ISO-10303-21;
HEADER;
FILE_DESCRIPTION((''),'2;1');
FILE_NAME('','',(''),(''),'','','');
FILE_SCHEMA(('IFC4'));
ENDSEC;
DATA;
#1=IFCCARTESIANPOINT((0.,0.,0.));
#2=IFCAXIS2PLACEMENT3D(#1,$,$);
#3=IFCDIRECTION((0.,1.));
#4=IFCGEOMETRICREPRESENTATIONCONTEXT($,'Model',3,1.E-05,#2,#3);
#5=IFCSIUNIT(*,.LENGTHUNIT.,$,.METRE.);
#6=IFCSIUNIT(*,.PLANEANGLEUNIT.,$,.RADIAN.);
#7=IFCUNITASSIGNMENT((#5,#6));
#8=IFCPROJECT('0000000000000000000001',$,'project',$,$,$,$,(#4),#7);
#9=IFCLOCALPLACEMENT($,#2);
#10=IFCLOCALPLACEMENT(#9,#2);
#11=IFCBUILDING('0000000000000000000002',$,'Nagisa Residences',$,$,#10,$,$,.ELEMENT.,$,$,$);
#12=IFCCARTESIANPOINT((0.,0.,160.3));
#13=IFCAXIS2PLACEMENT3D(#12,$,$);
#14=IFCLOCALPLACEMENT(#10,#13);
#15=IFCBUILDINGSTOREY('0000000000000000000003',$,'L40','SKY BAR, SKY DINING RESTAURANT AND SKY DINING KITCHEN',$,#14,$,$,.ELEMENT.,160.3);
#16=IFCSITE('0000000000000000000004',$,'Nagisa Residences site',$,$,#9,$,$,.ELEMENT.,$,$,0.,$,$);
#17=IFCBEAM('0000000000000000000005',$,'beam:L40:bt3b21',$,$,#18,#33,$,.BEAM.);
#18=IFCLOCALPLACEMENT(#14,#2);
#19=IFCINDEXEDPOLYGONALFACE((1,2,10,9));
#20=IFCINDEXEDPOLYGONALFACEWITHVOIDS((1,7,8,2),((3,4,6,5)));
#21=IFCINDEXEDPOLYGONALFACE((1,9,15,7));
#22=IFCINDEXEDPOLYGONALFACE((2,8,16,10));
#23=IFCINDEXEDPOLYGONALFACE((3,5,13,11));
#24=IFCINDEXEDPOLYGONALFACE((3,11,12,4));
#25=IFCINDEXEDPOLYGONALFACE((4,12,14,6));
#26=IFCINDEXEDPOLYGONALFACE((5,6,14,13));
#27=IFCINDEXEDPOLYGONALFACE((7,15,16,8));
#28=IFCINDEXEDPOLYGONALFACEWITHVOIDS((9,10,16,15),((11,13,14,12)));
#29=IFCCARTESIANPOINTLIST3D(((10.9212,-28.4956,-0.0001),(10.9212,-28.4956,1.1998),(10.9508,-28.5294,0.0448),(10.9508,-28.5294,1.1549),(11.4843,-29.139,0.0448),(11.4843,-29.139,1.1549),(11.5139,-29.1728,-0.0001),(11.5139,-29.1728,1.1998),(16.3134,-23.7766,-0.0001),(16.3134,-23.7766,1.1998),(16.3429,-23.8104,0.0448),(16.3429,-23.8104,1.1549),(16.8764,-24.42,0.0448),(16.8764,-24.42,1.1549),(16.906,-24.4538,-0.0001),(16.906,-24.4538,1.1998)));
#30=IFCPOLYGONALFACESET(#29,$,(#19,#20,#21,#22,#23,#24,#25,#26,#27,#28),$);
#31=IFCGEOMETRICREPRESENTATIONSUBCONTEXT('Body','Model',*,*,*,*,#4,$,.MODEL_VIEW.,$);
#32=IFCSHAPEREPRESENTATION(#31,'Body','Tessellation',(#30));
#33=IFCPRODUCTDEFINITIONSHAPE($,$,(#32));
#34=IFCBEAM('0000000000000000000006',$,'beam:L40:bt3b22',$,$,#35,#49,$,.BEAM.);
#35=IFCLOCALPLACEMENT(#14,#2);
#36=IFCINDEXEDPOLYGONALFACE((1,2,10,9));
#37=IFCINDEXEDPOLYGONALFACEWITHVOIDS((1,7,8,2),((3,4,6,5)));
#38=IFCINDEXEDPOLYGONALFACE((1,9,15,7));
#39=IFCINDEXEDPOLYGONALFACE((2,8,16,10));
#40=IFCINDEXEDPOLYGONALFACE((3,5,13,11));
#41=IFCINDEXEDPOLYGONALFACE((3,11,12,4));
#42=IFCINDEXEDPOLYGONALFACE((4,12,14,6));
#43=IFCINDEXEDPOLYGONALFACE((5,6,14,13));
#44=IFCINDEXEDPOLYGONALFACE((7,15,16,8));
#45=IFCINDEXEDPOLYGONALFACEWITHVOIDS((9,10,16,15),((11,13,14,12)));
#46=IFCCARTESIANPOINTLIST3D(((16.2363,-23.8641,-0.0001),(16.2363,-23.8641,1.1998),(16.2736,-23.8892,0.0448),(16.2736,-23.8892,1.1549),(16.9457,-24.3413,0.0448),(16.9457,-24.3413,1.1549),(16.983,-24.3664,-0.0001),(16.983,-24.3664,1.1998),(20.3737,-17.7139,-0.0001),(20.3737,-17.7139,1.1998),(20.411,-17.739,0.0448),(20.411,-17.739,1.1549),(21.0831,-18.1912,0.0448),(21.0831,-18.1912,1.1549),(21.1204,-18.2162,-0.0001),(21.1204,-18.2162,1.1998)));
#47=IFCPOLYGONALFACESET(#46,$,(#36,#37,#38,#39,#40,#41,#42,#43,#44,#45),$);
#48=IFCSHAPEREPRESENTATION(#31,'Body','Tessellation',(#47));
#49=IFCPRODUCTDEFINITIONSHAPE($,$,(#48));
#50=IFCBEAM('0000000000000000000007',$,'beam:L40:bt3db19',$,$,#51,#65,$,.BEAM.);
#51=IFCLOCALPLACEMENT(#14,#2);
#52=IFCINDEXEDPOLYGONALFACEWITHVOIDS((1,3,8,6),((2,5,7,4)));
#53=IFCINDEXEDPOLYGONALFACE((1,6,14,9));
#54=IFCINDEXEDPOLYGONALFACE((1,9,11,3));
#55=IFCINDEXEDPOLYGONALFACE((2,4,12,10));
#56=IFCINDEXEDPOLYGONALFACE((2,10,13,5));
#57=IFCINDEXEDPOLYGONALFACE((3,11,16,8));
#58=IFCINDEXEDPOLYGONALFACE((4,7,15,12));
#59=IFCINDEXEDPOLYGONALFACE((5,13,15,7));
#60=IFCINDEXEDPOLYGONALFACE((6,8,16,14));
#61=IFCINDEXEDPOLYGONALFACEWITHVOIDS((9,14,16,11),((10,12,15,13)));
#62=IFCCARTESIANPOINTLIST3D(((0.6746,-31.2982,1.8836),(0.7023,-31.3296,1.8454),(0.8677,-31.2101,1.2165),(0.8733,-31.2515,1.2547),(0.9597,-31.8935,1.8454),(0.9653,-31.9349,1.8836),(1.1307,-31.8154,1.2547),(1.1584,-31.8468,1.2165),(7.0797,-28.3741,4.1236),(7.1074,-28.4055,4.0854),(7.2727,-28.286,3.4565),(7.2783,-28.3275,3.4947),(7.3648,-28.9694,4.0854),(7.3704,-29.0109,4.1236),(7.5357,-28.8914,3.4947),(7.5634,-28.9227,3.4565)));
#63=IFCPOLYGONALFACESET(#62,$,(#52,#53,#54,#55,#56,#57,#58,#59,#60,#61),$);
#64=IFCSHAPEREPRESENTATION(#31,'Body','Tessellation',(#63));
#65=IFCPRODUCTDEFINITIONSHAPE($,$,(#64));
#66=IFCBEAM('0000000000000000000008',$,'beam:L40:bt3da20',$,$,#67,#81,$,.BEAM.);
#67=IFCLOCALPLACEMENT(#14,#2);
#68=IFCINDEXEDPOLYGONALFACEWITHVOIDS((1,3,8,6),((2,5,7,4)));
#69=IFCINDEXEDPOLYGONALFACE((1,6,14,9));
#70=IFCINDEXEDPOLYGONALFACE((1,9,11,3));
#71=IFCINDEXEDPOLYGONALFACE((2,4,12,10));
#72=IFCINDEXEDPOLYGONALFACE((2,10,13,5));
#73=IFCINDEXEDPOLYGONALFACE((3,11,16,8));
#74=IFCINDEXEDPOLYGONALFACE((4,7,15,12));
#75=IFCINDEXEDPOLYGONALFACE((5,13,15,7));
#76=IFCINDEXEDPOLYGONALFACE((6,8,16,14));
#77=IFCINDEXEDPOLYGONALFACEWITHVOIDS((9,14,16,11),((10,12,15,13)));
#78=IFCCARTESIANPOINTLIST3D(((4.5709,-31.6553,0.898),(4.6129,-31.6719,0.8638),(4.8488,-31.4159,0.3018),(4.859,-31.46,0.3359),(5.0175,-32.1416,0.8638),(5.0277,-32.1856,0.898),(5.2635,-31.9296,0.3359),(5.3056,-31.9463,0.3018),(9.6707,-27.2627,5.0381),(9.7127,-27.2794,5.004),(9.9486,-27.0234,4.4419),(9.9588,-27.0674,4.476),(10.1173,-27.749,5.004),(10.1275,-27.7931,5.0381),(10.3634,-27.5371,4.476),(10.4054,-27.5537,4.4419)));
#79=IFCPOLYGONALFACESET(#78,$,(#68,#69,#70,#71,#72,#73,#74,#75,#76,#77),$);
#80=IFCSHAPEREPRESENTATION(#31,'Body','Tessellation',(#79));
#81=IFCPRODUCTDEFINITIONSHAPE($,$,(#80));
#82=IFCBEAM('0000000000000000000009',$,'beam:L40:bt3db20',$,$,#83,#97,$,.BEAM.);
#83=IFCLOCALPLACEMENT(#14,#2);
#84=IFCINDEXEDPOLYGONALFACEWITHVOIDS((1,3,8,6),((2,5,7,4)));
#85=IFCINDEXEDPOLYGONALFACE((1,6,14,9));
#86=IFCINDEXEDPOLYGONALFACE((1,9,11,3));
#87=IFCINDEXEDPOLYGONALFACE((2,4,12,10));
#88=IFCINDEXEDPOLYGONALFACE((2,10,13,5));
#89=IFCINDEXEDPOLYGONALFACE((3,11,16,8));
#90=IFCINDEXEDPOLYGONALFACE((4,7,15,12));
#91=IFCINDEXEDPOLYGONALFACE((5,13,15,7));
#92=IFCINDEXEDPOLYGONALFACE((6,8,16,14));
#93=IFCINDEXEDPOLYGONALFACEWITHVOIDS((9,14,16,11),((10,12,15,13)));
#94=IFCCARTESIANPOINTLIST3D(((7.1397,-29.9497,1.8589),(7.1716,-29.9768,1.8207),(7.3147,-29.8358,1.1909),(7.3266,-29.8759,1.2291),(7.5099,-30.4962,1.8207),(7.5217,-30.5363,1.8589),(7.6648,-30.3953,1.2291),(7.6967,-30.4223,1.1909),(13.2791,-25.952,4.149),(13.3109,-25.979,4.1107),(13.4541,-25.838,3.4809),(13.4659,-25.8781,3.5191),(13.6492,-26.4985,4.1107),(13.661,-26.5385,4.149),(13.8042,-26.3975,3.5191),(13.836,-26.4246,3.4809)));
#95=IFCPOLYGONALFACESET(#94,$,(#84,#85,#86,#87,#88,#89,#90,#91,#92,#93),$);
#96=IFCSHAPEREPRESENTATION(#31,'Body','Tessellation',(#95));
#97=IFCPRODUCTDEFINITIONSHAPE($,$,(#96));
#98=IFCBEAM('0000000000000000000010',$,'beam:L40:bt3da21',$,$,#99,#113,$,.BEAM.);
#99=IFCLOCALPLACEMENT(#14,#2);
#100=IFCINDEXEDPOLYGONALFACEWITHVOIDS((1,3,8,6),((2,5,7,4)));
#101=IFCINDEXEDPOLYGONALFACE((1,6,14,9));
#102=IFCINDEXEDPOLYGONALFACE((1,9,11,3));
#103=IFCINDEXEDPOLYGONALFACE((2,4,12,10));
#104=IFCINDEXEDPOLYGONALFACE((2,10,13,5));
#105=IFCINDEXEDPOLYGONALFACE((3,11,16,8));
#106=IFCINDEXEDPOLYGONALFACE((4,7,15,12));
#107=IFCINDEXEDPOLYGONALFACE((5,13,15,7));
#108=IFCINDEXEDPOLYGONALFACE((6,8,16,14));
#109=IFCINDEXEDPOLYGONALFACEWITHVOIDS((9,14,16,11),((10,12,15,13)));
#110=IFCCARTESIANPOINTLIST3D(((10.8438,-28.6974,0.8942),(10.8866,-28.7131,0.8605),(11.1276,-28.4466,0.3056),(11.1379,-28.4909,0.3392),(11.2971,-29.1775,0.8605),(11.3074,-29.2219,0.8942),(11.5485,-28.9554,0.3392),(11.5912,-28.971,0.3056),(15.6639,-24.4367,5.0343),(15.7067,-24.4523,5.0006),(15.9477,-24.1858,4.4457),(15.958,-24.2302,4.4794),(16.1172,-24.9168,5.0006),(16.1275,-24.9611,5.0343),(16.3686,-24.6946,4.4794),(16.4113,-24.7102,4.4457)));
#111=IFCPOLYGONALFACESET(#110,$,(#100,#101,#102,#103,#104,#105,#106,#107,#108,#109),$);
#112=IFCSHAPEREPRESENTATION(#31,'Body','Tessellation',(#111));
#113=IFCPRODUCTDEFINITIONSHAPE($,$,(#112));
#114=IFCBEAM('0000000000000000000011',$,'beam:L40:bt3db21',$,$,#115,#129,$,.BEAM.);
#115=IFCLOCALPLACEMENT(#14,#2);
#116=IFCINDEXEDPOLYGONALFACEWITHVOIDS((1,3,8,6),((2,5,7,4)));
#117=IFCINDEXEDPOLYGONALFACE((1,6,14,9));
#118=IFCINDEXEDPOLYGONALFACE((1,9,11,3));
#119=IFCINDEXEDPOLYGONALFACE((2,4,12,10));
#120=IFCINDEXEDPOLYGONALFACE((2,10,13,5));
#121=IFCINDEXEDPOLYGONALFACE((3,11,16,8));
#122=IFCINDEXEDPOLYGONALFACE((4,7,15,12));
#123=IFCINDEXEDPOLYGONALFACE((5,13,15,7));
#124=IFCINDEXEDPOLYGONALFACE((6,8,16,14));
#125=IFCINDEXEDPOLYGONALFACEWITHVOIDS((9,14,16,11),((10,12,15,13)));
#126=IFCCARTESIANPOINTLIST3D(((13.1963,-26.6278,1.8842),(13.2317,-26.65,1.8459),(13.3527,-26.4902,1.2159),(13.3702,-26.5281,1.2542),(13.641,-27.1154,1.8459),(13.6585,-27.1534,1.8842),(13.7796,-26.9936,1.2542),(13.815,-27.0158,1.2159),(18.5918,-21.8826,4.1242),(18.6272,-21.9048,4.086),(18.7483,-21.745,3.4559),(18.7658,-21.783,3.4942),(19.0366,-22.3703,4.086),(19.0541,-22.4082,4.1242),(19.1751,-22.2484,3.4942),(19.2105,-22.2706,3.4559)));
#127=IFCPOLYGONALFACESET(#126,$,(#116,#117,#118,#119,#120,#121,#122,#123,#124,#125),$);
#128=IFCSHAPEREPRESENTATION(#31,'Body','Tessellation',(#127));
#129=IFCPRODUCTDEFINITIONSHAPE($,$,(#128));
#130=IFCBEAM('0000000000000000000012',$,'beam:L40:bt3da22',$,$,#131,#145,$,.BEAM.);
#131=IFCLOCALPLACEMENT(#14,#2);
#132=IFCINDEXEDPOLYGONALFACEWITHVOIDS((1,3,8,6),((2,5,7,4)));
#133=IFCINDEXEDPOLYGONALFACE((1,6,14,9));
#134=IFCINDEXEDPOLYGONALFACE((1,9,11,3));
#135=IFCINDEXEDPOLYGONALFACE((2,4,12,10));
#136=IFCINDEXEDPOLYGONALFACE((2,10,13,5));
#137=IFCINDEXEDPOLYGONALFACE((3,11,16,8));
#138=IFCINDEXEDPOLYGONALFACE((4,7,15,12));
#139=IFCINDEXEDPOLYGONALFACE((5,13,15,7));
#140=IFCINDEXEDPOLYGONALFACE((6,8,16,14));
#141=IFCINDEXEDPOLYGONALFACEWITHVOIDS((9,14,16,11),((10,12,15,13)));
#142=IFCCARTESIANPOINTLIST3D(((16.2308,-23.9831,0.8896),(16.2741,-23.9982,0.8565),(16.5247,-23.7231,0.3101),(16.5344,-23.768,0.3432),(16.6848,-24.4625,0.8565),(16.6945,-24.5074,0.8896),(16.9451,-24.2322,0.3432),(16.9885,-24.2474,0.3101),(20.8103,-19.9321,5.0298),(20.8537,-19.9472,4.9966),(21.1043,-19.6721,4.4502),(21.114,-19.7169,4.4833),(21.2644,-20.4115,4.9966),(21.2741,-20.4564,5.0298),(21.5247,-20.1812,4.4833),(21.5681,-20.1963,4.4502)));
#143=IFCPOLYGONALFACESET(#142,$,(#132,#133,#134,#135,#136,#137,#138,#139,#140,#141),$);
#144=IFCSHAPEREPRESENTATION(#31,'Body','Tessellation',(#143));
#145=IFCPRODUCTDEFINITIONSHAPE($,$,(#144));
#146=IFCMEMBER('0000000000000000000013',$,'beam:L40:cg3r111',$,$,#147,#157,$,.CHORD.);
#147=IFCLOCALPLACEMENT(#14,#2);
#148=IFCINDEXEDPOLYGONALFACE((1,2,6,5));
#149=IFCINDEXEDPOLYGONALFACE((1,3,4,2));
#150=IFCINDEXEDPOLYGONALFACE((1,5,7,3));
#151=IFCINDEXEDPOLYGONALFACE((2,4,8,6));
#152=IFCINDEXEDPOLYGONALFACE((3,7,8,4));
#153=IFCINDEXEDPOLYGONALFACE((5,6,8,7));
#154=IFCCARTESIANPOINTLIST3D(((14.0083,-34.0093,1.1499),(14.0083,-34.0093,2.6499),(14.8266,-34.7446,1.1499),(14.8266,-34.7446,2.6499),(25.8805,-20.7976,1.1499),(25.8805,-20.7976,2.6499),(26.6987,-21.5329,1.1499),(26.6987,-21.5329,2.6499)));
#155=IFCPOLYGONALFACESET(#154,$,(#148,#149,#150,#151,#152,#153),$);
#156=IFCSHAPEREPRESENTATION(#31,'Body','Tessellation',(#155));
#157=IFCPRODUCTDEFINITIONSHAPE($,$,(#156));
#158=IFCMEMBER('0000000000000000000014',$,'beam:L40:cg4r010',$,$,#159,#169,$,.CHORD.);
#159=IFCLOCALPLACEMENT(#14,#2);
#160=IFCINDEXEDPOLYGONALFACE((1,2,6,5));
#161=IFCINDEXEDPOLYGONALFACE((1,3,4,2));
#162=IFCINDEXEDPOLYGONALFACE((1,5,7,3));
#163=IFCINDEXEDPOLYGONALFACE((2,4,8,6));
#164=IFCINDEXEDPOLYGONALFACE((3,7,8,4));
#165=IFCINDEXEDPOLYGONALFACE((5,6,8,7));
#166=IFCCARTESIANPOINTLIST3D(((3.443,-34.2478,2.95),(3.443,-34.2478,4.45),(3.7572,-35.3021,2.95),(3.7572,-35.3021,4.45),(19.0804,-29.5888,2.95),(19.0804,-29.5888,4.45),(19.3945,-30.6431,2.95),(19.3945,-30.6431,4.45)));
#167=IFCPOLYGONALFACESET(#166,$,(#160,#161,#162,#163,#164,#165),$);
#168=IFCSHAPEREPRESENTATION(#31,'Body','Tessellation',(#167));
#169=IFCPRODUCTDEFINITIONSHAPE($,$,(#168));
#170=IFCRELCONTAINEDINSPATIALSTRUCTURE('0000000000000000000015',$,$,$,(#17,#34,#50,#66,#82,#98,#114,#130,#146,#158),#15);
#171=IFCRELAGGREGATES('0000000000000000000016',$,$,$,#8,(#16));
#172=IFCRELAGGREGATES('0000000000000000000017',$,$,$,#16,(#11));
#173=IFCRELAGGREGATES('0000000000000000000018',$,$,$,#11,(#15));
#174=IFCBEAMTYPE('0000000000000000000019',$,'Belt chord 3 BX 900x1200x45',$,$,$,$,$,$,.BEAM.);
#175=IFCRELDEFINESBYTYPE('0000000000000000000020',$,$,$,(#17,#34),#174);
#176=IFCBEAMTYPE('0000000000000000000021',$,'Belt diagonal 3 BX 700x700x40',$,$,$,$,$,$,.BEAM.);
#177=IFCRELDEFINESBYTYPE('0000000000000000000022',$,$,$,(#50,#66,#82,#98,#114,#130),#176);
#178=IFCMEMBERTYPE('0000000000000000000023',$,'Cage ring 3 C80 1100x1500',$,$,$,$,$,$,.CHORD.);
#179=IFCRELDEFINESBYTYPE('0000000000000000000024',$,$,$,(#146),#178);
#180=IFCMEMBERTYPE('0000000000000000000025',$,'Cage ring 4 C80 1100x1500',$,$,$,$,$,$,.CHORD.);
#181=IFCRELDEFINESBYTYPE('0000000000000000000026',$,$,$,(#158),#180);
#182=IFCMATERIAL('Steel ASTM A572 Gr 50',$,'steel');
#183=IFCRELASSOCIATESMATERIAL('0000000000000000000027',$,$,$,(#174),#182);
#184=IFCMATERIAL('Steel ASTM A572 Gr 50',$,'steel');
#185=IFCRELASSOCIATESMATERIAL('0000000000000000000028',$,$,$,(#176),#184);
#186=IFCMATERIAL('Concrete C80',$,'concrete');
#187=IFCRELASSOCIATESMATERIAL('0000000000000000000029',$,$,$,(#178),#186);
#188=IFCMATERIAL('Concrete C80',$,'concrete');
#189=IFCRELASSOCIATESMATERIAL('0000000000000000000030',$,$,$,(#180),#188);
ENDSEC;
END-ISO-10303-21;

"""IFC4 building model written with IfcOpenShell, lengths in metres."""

from ifc_helpers import new_model, si_unit, direction, frame, origin, origin_2d, place, context, subcontext, project, spatial, rectangle, hollow_rectangle, extrude, material, material_profile, profile_set, type_object, element, save


model = new_model("IFC4")

# Units and contexts
model_context = context("Model", 3, precision=1e-05, world=origin(), true_north=direction((0.0, 1.0)))
body_context = subcontext(model_context, "Body", "Model", "MODEL_VIEW")
ifc_project = project(units=[si_unit("LENGTHUNIT", "METRE"), si_unit("PLANEANGLEUNIT", "RADIAN")], contexts=[model_context])

# Site, building, storey
site_placement = place(None, origin())
site = spatial("IfcSite", under=ifc_project, at=site_placement, Name="Nagisa Residences site", CompositionType="ELEMENT", RefElevation=0.0)
building_placement = place(site_placement, origin())
building = spatial("IfcBuilding", under=site, at=building_placement, Name="Nagisa Residences", CompositionType="ELEMENT")
storey_placement = place(building_placement, frame((0.0, 0.0, 160.3)))
storey = spatial("IfcBuildingStorey", under=building, at=storey_placement, Name="L40", Description="SKY BAR, SKY DINING RESTAURANT AND SKY DINING KITCHEN", CompositionType="ELEMENT", Elevation=160.3)

# Beams
ifc_material_1 = material(Name="Steel ASTM A572 Gr 50", Category="steel")
ifc_material_profile_1 = material_profile(ifc_material_1, hollow_rectangle(XDim=0.8999, YDim=1.2, WallThickness=0.0449, at=origin_2d()), Name="BX 900x1200x45")
ifc_profile_set_1 = profile_set([ifc_material_profile_1], Name="Steel ASTM A572 Gr 50")
beam_type_1 = type_object("IfcBeamType", Name="Belt chord 3 BX 900x1200x45", PredefinedType="BEAM", material=ifc_profile_set_1)
beam_1_placement = place(storey_placement, frame((11.2175, -28.8342, 0.5999), z_axis=(0.752513, 0.658577, 0.0), x_axis=(-0.658577, 0.752513, 0.0)))
element("IfcBeam", 1, at=beam_1_placement, inside=storey, type_object=beam_type_1, Name="beam:L40:bt3b21", PredefinedType="BEAM", context=body_context, shape_type="SweptSolid", body=[
    extrude(hollow_rectangle(XDim=0.8999, YDim=1.2, WallThickness=0.0449, at=origin_2d()), origin(), (0.0, 0.0, 1.0), 7.1655),
])
beam_2_placement = place(storey_placement, frame((16.6096, -24.1152, 0.5999), z_axis=(0.558184, 0.829717, 0.0), x_axis=(-0.829717, 0.558184, 0.0)))
element("IfcBeam", 2, at=beam_2_placement, inside=storey, type_object=beam_type_1, Name="beam:L40:bt3b22", PredefinedType="BEAM", context=body_context, shape_type="SweptSolid", body=[
    extrude(hollow_rectangle(XDim=0.8999, YDim=1.2, WallThickness=0.0449, at=origin_2d()), origin(), (0.0, 0.0, 1.0), 7.4124),
])
ifc_material_2 = material(Name="Steel ASTM A572 Gr 50", Category="steel")
ifc_material_profile_2 = material_profile(ifc_material_2, hollow_rectangle(XDim=0.7, YDim=0.7, WallThickness=0.04, at=origin_2d()), Name="BX 700x700x40")
ifc_profile_set_2 = profile_set([ifc_material_profile_2], Name="Steel ASTM A572 Gr 50")
beam_type_2 = type_object("IfcBeamType", Name="Belt diagonal 3 BX 700x700x40", PredefinedType="BEAM", material=ifc_profile_set_2)
beam_3_placement = place(storey_placement, frame((0.9165, -31.5725, 1.55), z_axis=(0.866874, 0.395752, 0.303166), x_axis=(-0.415297, 0.909686, 0.0)))
element("IfcBeam", 3, at=beam_3_placement, inside=storey, type_object=beam_type_2, Name="beam:L40:bt3db19", PredefinedType="BEAM", context=body_context, shape_type="SweptSolid", body=[
    extrude(hollow_rectangle(XDim=0.7, YDim=0.7, WallThickness=0.04, at=origin_2d()), origin(), (0.0, 0.0, 1.0), 7.3887),
])
beam_4_placement = place(storey_placement, frame((4.9382, -31.8008, 0.5999), z_axis=(0.645375, 0.555871, 0.523925), x_axis=(-0.652612, 0.757693, 0.0)))
element("IfcBeam", 4, at=beam_4_placement, inside=storey, type_object=beam_type_2, Name="beam:L40:bt3da20", PredefinedType="BEAM", context=body_context, shape_type="SweptSolid", body=[
    extrude(hollow_rectangle(XDim=0.7, YDim=0.7, WallThickness=0.04, at=origin_2d()), origin(), (0.0, 0.0, 1.0), 7.9021),
])
beam_5_placement = place(storey_placement, frame((7.4182, -30.186, 1.5249), z_axis=(0.799832, 0.520827, 0.298343), x_axis=(-0.545678, 0.837995, 0.0)))
element("IfcBeam", 5, at=beam_5_placement, inside=storey, type_object=beam_type_2, Name="beam:L40:bt3db20", PredefinedType="BEAM", context=body_context, shape_type="SweptSolid", body=[
    extrude(hollow_rectangle(XDim=0.7, YDim=0.7, WallThickness=0.04, at=origin_2d()), origin(), (0.0, 0.0, 1.0), 7.6758),
])
beam_6_placement = place(storey_placement, frame((11.2175, -28.8342, 0.5999), z_axis=(0.630046, 0.556935, 0.54117), x_axis=(-0.662298, 0.749241, 0.0)))
element("IfcBeam", 6, at=beam_6_placement, inside=storey, type_object=beam_type_2, Name="beam:L40:bt3da21", PredefinedType="BEAM", context=body_context, shape_type="SweptSolid", body=[
    extrude(hollow_rectangle(XDim=0.7, YDim=0.7, WallThickness=0.04, at=origin_2d()), origin(), (0.0, 0.0, 1.0), 7.6504),
])
beam_7_placement = place(storey_placement, frame((13.5056, -26.8218, 1.55), z_axis=(0.716887, 0.630471, 0.297622), x_axis=(-0.660398, 0.750916, 0.0)))
element("IfcBeam", 7, at=beam_7_placement, inside=storey, type_object=beam_type_2, Name="beam:L40:bt3db21", PredefinedType="BEAM", context=body_context, shape_type="SweptSolid", body=[
    extrude(hollow_rectangle(XDim=0.7, YDim=0.7, WallThickness=0.04, at=origin_2d()), origin(), (0.0, 0.0, 1.0), 7.5264),
])
beam_8_placement = place(storey_placement, frame((16.6096, -24.1152, 0.5999), z_axis=(0.6202, 0.548618, 0.560687), x_axis=(-0.66256, 0.749009, 0.0)))
element("IfcBeam", 8, at=beam_8_placement, inside=storey, type_object=beam_type_2, Name="beam:L40:bt3da22", PredefinedType="BEAM", context=body_context, shape_type="SweptSolid", body=[
    extrude(hollow_rectangle(XDim=0.7, YDim=0.7, WallThickness=0.04, at=origin_2d()), origin(), (0.0, 0.0, 1.0), 7.384),
])

# Members
ifc_material_3 = material(Name="Concrete C80", Category="concrete")
ifc_material_profile_3 = material_profile(ifc_material_3, rectangle(XDim=1.1001, YDim=1.5, at=origin_2d()), Name="C80 1100x1500")
ifc_profile_set_3 = profile_set([ifc_material_profile_3], Name="Concrete C80")
member_type_1 = type_object("IfcMemberType", Name="Cage ring 3 C80 1100x1500", PredefinedType="CHORD", material=ifc_profile_set_3)
member_1_placement = place(storey_placement, frame((14.4175, -34.377, 1.8999), z_axis=(0.668391, 0.74381, 0.0), x_axis=(-0.74381, 0.668391, 0.0)))
element("IfcMember", 9, at=member_1_placement, inside=storey, type_object=member_type_1, Name="beam:L40:cg3r111", PredefinedType="CHORD", context=body_context, shape_type="SweptSolid", body=[
    extrude(rectangle(XDim=1.1001, YDim=1.5, at=origin_2d()), origin(), (0.0, 0.0, 1.0), 17.7622),
])
ifc_material_4 = material(Name="Concrete C80", Category="concrete")
ifc_material_profile_4 = material_profile(ifc_material_4, rectangle(XDim=1.1001, YDim=1.5, at=origin_2d()), Name="C80 1100x1500")
ifc_profile_set_4 = profile_set([ifc_material_profile_4], Name="Concrete C80")
member_type_2 = type_object("IfcMemberType", Name="Cage ring 4 C80 1100x1500", PredefinedType="CHORD", material=ifc_profile_set_4)
member_2_placement = place(storey_placement, frame((3.6001, -34.7749, 3.7), z_axis=(0.958369, 0.285531, 0.0), x_axis=(-0.285531, 0.958369, 0.0)))
element("IfcMember", 10, at=member_2_placement, inside=storey, type_object=member_type_2, Name="beam:L40:cg4r010", PredefinedType="CHORD", context=body_context, shape_type="SweptSolid", body=[
    extrude(rectangle(XDim=1.1001, YDim=1.5, at=origin_2d()), origin(), (0.0, 0.0, 1.0), 16.3167),
])

save(model, "model.ifc")
